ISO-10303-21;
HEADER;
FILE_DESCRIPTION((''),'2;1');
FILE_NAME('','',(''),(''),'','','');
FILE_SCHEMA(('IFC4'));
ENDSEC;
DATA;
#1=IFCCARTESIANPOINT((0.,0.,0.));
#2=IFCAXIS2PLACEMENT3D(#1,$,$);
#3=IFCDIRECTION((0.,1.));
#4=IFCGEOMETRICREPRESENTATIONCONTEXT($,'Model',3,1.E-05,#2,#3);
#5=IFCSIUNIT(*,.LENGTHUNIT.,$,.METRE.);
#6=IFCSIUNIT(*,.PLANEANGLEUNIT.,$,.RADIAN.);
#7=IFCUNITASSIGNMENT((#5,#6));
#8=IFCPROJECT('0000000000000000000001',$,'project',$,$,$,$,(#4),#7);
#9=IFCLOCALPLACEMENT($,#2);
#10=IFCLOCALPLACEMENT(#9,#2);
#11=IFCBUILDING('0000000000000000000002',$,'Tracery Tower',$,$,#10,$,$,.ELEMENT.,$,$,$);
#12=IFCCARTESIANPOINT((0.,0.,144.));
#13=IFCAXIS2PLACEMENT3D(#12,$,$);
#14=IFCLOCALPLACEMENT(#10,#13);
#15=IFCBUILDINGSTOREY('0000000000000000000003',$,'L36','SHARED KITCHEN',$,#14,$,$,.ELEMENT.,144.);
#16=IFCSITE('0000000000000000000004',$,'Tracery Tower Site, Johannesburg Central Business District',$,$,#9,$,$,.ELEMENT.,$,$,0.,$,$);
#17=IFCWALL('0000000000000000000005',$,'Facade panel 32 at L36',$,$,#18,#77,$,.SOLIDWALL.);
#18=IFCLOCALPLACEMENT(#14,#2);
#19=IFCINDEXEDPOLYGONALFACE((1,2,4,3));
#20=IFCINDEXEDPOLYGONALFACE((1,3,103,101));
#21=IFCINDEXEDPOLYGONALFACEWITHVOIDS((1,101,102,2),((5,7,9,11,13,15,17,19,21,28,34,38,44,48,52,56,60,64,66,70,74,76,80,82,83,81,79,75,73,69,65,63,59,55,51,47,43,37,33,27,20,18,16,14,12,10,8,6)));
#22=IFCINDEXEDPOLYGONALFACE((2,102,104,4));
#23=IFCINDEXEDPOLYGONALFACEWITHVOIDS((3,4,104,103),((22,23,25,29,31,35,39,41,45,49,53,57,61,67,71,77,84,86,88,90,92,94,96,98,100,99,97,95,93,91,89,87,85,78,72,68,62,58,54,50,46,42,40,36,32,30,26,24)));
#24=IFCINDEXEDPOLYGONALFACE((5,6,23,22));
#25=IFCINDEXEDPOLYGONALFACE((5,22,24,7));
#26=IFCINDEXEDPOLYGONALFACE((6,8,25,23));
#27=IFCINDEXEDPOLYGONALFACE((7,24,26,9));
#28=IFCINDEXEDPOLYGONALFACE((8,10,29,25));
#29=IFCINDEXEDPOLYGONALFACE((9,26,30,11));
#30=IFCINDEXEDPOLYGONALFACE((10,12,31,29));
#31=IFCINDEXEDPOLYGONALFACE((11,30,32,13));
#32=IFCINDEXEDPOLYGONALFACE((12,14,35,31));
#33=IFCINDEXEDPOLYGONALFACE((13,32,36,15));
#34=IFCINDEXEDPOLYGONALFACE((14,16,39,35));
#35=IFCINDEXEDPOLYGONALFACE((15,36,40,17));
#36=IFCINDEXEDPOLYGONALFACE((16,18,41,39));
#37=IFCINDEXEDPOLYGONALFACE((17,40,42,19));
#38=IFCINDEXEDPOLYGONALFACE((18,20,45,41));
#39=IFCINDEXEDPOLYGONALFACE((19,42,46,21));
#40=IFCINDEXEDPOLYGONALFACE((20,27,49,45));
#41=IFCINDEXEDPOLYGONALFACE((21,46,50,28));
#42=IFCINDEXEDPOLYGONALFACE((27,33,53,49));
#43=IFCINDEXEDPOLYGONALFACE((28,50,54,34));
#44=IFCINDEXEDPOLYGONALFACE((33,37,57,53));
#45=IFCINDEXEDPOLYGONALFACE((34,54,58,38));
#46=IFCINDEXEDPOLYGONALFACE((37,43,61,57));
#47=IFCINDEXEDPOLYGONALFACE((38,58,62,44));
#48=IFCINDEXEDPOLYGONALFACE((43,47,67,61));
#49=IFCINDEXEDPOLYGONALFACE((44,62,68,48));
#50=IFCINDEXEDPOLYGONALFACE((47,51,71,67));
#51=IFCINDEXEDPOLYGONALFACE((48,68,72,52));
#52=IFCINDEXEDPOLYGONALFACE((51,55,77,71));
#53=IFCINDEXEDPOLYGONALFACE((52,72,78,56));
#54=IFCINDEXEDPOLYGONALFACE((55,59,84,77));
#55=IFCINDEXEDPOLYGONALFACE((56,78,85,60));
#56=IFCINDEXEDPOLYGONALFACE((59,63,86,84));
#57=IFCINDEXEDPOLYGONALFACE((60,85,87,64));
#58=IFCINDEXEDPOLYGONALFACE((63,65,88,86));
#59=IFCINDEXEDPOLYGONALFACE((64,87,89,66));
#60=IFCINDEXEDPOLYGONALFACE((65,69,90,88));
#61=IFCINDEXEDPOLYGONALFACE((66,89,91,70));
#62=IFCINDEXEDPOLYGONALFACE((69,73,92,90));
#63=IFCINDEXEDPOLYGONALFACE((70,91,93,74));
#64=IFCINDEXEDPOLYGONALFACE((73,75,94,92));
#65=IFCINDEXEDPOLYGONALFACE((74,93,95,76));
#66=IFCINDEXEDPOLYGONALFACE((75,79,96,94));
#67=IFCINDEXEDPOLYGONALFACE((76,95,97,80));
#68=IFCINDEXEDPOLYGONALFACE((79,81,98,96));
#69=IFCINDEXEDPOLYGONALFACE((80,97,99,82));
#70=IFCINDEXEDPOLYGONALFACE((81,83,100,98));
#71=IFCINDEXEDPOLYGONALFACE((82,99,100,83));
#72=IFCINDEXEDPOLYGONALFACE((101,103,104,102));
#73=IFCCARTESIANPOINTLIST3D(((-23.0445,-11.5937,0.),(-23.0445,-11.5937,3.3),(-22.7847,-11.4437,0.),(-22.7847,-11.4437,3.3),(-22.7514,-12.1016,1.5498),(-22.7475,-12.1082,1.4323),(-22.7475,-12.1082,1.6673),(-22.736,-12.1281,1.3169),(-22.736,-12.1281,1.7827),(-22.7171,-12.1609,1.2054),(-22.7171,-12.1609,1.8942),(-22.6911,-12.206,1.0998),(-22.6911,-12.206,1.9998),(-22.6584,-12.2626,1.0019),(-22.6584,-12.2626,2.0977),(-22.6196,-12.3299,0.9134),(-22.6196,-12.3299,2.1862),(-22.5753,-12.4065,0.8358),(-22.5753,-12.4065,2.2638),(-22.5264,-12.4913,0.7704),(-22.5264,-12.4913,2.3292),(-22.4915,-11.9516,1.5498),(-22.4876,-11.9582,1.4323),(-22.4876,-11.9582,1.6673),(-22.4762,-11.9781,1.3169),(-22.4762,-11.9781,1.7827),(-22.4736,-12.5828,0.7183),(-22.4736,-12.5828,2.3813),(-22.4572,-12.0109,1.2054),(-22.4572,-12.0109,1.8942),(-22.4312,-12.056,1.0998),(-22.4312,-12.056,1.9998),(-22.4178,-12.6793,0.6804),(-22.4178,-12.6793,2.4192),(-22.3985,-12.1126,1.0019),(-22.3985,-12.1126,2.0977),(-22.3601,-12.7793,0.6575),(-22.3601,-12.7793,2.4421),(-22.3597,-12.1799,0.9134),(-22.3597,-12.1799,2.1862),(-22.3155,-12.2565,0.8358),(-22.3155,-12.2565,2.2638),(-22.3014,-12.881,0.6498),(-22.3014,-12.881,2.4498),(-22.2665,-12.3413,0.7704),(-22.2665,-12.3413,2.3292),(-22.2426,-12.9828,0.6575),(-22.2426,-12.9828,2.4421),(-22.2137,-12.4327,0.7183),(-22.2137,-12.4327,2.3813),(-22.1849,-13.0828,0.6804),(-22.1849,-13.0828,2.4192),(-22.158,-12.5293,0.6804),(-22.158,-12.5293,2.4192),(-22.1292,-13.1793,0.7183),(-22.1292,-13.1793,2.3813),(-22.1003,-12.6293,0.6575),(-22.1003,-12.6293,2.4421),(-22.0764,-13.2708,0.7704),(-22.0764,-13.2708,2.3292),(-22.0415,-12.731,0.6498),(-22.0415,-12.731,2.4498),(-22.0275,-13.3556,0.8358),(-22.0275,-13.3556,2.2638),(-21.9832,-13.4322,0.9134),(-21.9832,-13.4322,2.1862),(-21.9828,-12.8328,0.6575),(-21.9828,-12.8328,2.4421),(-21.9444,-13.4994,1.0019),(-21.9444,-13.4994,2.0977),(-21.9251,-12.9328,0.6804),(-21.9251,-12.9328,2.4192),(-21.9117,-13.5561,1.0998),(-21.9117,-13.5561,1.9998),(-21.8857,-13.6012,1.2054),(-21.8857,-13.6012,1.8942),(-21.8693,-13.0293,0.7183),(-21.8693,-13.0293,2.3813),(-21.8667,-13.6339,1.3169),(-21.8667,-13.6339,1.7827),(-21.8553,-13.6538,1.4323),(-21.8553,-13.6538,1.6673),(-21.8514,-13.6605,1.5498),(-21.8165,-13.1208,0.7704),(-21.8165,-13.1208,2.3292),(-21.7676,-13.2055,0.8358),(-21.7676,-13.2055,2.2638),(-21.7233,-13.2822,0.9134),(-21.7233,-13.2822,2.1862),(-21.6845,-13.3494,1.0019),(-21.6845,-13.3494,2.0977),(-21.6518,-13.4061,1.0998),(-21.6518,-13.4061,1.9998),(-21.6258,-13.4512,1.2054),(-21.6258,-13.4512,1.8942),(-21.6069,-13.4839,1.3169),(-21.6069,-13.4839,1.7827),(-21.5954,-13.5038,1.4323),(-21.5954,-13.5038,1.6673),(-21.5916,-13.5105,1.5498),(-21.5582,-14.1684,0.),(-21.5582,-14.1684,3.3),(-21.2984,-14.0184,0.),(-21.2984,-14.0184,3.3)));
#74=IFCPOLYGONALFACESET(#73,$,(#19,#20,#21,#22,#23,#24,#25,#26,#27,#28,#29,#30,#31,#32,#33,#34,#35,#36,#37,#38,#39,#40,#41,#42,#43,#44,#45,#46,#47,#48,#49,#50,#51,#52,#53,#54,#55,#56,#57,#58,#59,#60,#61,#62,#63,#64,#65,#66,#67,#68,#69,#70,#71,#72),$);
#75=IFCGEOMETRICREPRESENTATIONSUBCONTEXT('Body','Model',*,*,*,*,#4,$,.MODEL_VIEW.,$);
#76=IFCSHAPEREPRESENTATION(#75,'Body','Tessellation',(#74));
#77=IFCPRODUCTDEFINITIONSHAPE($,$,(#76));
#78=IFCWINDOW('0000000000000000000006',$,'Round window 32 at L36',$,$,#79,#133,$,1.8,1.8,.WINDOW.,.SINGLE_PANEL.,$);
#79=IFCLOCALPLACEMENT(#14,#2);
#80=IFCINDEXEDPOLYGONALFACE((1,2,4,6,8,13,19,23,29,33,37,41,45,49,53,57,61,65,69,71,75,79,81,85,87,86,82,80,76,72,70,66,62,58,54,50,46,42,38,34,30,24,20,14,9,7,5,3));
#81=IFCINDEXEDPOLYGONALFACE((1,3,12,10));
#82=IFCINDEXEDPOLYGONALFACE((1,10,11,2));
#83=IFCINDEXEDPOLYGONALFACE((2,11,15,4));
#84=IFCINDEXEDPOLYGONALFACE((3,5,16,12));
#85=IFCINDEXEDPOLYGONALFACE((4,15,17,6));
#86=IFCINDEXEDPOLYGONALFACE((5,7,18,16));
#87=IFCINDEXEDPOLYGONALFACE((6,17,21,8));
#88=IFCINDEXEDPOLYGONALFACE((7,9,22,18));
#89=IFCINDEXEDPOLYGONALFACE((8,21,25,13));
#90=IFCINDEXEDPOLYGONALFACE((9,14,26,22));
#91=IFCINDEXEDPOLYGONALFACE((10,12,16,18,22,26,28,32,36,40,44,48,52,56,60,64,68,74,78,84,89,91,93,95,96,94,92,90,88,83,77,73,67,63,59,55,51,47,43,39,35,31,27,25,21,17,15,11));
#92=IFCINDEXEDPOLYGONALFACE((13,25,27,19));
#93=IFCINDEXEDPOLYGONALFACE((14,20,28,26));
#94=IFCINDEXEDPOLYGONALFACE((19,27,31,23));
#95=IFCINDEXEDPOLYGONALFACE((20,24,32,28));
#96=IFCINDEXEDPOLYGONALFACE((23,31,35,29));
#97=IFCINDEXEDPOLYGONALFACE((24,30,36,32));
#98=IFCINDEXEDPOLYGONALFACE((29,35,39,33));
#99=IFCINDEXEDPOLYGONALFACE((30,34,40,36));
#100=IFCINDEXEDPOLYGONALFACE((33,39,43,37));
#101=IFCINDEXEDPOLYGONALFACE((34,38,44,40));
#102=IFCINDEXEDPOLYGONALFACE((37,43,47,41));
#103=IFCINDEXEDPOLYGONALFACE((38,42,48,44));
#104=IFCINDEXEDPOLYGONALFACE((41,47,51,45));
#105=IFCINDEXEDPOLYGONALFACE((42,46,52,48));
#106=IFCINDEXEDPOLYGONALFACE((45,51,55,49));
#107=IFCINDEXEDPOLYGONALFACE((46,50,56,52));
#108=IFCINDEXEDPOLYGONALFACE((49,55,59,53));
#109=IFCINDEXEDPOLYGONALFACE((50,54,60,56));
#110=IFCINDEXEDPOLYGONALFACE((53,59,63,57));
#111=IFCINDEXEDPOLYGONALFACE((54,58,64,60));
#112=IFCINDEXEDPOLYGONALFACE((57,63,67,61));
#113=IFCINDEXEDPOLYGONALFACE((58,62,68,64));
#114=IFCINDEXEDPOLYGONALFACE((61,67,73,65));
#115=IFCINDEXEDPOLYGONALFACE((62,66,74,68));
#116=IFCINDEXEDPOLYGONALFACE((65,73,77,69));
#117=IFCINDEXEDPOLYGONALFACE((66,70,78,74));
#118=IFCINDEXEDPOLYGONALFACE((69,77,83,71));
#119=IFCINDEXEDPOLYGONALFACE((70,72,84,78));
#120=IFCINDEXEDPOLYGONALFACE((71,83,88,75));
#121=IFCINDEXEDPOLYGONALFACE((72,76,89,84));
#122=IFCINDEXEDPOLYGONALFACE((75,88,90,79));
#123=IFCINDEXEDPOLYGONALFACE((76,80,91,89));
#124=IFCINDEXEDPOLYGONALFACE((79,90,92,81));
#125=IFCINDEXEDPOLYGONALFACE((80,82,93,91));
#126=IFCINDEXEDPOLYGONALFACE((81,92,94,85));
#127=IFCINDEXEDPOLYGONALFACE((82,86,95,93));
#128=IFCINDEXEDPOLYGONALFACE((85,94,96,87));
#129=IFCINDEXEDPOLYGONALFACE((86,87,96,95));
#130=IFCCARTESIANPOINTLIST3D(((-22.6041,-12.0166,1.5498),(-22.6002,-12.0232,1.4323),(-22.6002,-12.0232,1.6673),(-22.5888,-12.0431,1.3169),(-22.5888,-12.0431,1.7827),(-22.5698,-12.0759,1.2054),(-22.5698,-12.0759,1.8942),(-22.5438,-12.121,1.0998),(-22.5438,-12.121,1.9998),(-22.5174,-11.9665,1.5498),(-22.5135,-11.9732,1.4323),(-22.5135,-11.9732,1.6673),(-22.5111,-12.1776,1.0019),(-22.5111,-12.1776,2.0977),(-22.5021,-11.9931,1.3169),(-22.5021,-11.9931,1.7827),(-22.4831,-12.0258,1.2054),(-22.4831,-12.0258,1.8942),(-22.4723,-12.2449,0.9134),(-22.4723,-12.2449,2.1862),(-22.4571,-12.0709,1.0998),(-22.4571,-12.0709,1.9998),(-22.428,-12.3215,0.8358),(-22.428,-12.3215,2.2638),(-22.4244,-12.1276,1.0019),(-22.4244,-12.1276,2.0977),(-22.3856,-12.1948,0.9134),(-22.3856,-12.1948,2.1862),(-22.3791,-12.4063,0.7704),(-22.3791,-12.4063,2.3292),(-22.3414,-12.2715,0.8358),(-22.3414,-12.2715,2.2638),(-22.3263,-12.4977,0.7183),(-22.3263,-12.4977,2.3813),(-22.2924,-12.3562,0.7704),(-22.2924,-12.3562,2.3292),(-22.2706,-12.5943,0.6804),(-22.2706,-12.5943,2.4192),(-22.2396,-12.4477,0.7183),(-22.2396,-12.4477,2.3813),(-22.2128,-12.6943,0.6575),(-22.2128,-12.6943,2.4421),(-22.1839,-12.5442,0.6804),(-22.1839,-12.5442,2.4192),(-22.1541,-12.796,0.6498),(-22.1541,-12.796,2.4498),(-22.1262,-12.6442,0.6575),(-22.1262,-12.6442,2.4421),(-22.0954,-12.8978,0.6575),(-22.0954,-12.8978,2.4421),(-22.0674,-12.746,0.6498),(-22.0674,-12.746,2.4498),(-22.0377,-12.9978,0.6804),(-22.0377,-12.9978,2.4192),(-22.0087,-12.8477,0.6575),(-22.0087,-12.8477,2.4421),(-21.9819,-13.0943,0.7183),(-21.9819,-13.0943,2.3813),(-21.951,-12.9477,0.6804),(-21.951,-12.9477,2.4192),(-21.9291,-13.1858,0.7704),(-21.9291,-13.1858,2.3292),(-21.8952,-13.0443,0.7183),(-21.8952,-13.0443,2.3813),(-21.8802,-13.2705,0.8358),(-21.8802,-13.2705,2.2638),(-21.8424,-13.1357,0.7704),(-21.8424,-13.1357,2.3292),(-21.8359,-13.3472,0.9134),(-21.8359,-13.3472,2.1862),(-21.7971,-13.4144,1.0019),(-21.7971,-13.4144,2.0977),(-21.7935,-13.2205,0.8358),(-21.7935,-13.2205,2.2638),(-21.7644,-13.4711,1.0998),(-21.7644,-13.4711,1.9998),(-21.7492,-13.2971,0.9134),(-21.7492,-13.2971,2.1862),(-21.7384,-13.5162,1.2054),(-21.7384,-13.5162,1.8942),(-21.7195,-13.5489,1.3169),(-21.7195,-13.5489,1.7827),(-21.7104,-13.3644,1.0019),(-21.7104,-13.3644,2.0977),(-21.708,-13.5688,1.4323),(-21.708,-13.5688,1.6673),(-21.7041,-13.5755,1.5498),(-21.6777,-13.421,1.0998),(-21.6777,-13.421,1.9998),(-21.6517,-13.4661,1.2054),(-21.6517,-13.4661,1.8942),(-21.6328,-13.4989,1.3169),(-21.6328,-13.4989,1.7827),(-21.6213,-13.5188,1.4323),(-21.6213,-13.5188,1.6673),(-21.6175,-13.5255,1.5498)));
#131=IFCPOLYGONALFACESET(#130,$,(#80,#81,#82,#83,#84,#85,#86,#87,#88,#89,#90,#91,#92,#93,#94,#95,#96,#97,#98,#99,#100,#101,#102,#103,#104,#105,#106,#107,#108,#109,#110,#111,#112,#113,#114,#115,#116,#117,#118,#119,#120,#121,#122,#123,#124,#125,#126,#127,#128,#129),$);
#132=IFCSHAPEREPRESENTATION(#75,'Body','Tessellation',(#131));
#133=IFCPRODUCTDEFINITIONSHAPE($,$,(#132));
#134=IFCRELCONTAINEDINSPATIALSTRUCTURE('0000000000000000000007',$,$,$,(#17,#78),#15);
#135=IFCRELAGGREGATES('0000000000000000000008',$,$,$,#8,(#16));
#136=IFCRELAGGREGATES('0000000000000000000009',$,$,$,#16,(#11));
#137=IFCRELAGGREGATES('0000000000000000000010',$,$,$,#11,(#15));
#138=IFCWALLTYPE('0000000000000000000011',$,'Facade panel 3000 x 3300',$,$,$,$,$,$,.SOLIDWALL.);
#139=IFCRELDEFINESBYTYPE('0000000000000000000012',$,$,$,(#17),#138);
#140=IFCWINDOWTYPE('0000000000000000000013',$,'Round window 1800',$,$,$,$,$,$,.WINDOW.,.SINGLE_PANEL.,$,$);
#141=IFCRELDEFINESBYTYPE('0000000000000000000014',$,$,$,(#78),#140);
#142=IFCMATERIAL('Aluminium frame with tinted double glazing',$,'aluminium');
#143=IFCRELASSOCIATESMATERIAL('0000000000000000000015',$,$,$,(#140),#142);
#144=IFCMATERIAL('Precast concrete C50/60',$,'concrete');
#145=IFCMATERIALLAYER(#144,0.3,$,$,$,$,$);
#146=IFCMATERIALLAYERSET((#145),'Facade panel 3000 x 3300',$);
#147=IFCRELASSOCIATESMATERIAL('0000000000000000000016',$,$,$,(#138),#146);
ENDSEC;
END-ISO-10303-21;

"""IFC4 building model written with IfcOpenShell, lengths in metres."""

from ifc_helpers import new_model, si_unit, direction, frame, frame_2d, origin, origin_2d, place, context, subcontext, project, spatial, rectangle, circle, extrude, material, layer, layer_set, type_object, element, fill, save


model = new_model("IFC4")

# Units and contexts
model_context = context("Model", 3, precision=1e-05, world=origin(), true_north=direction((0.0, 1.0)))
body_context = subcontext(model_context, "Body", "Model", "MODEL_VIEW")
ifc_project = project(units=[si_unit("LENGTHUNIT", "METRE"), si_unit("PLANEANGLEUNIT", "RADIAN")], contexts=[model_context])

# Site, building, storey
site_placement = place(None, origin())
site = spatial("IfcSite", under=ifc_project, at=site_placement, Name="Tracery Tower Site, Johannesburg Central Business District", CompositionType="ELEMENT", RefElevation=0.0)
building_placement = place(site_placement, origin())
building = spatial("IfcBuilding", under=site, at=building_placement, Name="Tracery Tower", CompositionType="ELEMENT")
storey_placement = place(building_placement, frame((0.0, 0.0, 144.0)))
storey = spatial("IfcBuildingStorey", under=building, at=storey_placement, Name="L36", Description="SHARED KITCHEN", CompositionType="ELEMENT", Elevation=144.0)

# Wall, opening, window
ifc_material_1 = material(Name="Aluminium frame with tinted double glazing", Category="aluminium")
window_type = type_object("IfcWindowType", Name="Round window 1800", PartitioningType="SINGLE_PANEL", PredefinedType="WINDOW", material=ifc_material_1)
ifc_material_2 = material(Name="Precast concrete C50/60", Category="concrete")
ifc_layer_1 = layer(ifc_material_2, 0.3)
ifc_layer_set_1 = layer_set([ifc_layer_1], Name="Facade panel 3000 x 3300")
wall_type_1 = type_object("IfcWallType", Name="Facade panel 3000 x 3300", PredefinedType="SOLIDWALL", material=ifc_layer_set_1)
wall_1_placement = place(storey_placement, frame((-22.9146, -11.5188, 0.0), z_axis=(0.0, 0.0, 1.0), x_axis=(0.499955, -0.866052, 0.0)))
wall_1 = element("IfcWall", 1, at=wall_1_placement, inside=storey, type_object=wall_type_1, Name="Facade panel 32 at L36", PredefinedType="SOLIDWALL", context=body_context, shape_type="SweptSolid", body=[
    extrude(rectangle(XDim=2.9729, YDim=0.3, at=frame_2d((1.4863, 0.0))), origin(), (0.0, 0.0, 1.0), 3.3),
])
opening_1_placement = place(wall_1_placement, frame((1.4863, 0.0, 1.5498)))
opening_1 = element("IfcOpeningElement", 2, at=opening_1_placement, cuts=wall_1, PredefinedType="OPENING", context=body_context, shape_type="SweptSolid", body=[
    extrude(circle(Radius=0.9, at=origin_2d()), frame((0.0, 0.1599, 0.0), z_axis=(0.0, -1.0, 0.0), x_axis=(1.0, 0.0, 0.0)), (0.0, 0.0, 1.0), 0.3201),
])
window_1_placement = place(opening_1_placement, origin())
window_1 = element("IfcWindow", 3, at=window_1_placement, inside=storey, type_object=window_type, Name="Round window 32 at L36", OverallHeight=1.8, OverallWidth=1.8, PartitioningType="SINGLE_PANEL", PredefinedType="WINDOW", context=body_context, shape_type="SweptSolid", body=[
    extrude(circle(Radius=0.9, at=origin_2d()), frame((0.0, 0.1201, 0.0), z_axis=(0.0, -1.0, 0.0), x_axis=(1.0, 0.0, 0.0)), (0.0, 0.0, 1.0), 0.1001),
])
fill(opening_1, window_1)

save(model, "model.ifc")
